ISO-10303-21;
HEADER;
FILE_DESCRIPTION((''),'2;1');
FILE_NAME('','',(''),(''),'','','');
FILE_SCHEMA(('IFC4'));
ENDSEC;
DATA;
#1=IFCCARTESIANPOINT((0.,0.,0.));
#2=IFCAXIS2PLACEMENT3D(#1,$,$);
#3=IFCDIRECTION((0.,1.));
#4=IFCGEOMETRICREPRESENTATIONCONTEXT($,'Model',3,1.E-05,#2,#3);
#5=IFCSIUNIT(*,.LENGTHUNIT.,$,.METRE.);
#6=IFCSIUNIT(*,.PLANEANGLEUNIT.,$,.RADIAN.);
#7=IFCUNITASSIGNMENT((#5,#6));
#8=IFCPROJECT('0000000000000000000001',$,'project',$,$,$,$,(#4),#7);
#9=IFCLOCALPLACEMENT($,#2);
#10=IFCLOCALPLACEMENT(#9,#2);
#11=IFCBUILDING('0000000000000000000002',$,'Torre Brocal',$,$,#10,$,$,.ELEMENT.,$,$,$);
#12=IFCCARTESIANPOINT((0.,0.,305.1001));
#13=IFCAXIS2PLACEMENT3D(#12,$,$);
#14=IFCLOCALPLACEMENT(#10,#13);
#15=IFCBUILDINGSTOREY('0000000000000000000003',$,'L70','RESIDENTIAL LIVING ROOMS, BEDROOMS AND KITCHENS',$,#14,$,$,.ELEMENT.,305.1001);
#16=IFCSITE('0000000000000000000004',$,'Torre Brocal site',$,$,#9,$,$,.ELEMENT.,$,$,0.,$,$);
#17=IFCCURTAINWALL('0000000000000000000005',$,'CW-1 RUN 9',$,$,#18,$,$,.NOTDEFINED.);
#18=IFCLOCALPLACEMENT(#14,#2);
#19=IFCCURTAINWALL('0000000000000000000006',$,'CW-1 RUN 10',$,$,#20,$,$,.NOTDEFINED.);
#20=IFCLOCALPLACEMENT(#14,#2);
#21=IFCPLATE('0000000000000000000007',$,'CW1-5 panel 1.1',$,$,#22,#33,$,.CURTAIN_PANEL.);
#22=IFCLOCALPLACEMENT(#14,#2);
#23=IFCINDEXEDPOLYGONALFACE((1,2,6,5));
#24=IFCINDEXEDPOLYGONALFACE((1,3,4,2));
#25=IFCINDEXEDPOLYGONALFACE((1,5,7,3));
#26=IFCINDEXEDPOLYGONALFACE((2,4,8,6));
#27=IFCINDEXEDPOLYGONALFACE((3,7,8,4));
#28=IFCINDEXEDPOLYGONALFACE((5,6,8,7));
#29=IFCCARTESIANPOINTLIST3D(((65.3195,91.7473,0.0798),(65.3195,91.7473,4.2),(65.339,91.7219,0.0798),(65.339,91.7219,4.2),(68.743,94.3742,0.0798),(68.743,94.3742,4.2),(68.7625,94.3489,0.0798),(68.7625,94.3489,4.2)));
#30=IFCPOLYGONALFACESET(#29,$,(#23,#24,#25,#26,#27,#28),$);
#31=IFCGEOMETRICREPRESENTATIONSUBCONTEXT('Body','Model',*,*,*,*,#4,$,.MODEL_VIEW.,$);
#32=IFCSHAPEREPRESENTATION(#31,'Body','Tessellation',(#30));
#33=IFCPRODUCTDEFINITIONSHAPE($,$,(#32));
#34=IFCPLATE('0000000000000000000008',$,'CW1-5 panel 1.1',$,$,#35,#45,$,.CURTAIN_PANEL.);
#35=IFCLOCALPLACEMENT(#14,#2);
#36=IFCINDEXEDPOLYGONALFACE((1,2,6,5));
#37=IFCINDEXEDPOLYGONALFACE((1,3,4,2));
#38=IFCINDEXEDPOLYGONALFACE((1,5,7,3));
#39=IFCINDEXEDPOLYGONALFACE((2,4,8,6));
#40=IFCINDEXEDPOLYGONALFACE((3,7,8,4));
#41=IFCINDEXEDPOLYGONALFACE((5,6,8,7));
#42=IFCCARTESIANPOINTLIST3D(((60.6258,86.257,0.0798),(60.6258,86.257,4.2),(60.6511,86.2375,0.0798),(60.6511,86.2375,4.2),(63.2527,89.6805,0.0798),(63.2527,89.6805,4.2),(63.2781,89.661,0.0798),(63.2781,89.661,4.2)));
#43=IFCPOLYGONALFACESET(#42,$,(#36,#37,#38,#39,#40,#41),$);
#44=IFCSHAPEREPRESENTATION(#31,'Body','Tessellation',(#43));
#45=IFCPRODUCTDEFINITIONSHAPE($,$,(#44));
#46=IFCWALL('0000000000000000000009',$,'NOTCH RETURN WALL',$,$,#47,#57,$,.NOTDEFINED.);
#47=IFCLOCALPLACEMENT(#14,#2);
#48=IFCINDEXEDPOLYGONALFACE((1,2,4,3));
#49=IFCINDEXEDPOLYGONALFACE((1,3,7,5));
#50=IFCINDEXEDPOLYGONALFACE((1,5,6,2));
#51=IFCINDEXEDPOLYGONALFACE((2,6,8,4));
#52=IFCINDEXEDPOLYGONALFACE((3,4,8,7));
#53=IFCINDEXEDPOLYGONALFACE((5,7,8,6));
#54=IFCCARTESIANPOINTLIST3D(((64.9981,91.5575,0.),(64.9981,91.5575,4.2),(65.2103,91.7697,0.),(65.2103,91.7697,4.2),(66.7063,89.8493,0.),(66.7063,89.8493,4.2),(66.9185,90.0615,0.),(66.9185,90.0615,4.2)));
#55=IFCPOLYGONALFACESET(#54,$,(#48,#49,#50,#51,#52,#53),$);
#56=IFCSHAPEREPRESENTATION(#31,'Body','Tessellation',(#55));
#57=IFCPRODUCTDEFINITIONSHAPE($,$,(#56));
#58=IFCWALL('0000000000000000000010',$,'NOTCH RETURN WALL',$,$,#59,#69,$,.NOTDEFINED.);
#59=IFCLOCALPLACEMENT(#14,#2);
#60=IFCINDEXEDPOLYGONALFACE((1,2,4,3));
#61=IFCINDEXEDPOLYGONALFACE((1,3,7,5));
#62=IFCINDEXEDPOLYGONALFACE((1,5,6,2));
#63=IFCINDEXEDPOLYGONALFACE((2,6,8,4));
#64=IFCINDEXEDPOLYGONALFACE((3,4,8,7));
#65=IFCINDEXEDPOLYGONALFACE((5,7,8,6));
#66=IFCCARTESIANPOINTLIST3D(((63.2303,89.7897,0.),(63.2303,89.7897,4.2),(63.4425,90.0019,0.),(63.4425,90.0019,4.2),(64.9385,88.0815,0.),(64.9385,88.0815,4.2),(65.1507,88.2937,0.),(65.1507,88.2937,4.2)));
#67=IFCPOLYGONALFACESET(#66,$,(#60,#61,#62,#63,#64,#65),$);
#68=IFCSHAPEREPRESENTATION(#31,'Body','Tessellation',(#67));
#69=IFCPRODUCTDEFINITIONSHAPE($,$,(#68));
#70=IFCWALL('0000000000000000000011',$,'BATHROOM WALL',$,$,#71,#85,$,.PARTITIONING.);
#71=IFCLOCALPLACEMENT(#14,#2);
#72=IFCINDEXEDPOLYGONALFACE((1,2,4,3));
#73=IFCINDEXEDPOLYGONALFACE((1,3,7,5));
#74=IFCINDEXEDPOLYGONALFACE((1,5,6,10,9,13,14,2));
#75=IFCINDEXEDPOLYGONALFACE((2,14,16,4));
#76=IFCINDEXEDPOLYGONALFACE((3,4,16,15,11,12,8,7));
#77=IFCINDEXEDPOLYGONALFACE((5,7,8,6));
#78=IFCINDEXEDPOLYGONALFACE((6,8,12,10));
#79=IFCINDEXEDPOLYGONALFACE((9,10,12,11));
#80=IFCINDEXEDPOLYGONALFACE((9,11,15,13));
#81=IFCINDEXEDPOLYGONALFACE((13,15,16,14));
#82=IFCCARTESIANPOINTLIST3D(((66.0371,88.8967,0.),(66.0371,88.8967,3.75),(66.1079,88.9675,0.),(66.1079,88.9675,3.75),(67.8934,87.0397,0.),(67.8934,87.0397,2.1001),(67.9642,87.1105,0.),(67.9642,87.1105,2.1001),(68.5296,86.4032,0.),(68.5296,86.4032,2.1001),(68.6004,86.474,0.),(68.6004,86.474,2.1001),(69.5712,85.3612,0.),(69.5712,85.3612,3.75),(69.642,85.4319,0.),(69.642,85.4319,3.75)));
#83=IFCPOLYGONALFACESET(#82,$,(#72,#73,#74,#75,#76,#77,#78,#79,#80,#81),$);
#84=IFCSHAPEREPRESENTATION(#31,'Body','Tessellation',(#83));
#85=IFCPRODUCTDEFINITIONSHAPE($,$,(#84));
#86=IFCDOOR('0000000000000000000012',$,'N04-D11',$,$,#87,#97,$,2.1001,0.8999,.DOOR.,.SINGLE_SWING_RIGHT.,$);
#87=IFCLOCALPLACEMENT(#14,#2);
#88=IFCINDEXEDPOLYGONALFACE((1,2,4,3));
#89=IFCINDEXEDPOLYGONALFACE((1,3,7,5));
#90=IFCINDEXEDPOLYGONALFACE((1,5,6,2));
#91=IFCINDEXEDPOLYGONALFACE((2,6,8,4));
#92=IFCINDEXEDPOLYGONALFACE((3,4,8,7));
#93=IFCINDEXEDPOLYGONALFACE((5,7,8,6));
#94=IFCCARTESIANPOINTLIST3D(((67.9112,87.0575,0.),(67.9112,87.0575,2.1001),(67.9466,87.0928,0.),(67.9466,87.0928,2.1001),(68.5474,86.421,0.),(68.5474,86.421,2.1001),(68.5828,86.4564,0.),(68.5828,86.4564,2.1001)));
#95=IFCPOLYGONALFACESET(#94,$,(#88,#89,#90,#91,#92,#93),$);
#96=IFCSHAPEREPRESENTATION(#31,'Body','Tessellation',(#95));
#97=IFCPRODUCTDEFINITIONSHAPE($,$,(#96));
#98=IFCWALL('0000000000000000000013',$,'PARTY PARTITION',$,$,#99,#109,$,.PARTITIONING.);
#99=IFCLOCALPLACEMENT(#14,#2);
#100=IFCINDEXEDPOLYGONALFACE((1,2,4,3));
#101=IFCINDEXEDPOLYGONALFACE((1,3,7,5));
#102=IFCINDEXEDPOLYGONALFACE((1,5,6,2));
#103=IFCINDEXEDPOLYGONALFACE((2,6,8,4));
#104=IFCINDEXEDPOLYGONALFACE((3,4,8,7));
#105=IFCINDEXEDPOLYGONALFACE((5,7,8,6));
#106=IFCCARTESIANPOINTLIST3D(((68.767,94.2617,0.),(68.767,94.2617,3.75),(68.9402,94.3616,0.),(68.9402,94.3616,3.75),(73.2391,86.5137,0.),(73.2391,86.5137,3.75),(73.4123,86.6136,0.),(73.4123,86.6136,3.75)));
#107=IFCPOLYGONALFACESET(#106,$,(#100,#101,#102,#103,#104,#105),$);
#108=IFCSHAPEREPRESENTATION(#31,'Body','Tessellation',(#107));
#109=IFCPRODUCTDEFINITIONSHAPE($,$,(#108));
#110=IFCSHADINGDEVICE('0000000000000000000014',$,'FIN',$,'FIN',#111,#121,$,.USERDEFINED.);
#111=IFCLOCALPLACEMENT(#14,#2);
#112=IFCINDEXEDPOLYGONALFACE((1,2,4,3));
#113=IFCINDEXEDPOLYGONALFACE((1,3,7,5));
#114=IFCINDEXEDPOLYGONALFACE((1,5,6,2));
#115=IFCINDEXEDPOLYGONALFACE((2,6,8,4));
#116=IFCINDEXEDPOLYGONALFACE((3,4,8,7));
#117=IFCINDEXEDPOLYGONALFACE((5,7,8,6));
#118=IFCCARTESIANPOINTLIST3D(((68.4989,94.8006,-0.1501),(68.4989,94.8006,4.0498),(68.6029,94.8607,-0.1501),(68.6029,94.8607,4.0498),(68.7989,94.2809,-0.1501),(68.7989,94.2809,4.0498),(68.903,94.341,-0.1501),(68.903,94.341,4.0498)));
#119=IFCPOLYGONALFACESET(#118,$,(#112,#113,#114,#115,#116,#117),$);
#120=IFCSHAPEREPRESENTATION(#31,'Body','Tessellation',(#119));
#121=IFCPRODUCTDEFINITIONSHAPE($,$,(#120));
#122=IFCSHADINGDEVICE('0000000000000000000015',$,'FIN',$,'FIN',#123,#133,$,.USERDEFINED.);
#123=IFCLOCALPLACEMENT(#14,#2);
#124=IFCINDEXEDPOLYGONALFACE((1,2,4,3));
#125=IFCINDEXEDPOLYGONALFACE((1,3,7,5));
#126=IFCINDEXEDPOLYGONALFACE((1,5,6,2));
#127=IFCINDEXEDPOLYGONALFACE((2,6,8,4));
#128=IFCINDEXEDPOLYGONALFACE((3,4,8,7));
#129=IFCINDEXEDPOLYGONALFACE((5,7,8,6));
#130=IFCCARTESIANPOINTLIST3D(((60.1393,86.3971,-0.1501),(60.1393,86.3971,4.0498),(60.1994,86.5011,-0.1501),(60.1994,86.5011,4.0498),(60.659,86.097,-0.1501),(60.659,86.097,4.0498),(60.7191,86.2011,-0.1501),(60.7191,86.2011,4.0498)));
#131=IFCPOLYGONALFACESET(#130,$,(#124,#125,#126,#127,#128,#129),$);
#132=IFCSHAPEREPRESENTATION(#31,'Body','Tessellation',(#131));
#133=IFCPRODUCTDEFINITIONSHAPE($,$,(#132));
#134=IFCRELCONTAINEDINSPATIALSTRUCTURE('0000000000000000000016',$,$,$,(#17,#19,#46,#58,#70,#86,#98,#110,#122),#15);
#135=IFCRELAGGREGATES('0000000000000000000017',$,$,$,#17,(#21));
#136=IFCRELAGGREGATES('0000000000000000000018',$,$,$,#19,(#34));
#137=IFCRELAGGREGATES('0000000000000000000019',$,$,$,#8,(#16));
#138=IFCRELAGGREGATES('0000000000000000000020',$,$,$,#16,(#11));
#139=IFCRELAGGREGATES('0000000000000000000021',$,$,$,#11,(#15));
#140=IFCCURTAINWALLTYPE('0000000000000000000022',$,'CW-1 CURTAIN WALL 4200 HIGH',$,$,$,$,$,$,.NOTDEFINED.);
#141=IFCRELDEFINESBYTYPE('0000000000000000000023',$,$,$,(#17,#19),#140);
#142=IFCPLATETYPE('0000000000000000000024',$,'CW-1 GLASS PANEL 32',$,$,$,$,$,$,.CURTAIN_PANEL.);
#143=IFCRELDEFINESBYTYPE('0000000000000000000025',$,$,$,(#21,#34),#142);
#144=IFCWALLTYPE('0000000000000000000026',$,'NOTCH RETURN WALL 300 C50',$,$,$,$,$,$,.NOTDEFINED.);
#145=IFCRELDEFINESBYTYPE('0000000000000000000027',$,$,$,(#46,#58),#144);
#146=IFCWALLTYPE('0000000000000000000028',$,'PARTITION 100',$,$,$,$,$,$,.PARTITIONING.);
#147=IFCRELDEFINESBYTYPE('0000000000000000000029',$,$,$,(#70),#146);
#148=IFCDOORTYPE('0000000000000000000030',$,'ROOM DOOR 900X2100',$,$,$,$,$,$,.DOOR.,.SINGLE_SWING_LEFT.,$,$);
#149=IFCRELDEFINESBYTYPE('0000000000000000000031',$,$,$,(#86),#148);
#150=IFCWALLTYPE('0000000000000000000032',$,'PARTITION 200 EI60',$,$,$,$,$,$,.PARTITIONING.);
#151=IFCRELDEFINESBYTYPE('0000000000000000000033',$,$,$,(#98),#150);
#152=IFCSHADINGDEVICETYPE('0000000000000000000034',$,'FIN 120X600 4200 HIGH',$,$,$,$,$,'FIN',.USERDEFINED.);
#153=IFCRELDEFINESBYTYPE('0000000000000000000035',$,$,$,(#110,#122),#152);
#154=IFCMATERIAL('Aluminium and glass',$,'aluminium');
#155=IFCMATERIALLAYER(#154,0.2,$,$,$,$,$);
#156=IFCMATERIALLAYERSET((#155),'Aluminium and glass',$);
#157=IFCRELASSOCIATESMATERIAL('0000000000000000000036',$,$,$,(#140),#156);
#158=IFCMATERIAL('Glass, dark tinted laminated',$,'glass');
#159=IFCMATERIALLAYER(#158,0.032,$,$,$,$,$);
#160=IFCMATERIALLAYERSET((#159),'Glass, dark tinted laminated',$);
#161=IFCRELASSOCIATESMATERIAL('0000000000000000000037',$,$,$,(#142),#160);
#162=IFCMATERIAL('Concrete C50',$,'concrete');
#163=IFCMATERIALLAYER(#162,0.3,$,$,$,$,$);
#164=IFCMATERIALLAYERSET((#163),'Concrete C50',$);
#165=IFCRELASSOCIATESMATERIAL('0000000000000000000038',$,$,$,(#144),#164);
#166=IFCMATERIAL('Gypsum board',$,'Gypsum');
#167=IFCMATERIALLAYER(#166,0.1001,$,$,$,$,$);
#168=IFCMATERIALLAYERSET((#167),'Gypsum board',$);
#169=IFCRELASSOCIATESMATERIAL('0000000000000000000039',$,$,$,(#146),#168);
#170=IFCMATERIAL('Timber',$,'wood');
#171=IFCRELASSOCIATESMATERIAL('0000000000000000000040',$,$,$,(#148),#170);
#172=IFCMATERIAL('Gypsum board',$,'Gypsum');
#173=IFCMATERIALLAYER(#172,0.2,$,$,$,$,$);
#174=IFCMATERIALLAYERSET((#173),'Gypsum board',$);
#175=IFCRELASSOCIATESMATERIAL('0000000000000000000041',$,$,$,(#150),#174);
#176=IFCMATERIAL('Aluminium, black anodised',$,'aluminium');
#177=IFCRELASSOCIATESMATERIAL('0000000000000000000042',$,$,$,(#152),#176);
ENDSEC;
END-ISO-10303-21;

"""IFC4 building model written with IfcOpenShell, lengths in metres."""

from ifc_helpers import new_model, si_unit, direction, frame, frame_2d, origin, origin_2d, place, context, subcontext, project, spatial, rectangle, extrude, material, layer, layer_set, material_profile, profile_set, type_object, element, fill, aggregate, save


model = new_model("IFC4")

# Units and contexts
model_context = context("Model", 3, precision=1e-05, world=origin(), true_north=direction((0.0, 1.0)))
body_context = subcontext(model_context, "Body", "Model", "MODEL_VIEW")
ifc_project = project(units=[si_unit("LENGTHUNIT", "METRE"), si_unit("PLANEANGLEUNIT", "RADIAN")], contexts=[model_context])

# Site, building, storey
site_placement = place(None, origin())
site = spatial("IfcSite", under=ifc_project, at=site_placement, Name="Torre Brocal site", CompositionType="ELEMENT", RefElevation=0.0)
building_placement = place(site_placement, origin())
building = spatial("IfcBuilding", under=site, at=building_placement, Name="Torre Brocal", CompositionType="ELEMENT")
storey_placement = place(building_placement, frame((0.0, 0.0, 305.1001)))
storey = spatial("IfcBuildingStorey", under=building, at=storey_placement, Name="L70", Description="RESIDENTIAL LIVING ROOMS, BEDROOMS AND KITCHENS", CompositionType="ELEMENT", Elevation=305.1001)

# Shared definitions
ifc_material_1 = material(Name="Aluminium and glass", Category="aluminium")
ifc_layer_1 = layer(ifc_material_1, 0.2)
ifc_layer_set_1 = layer_set([ifc_layer_1], Name="Aluminium and glass")
curtain_wall_type = type_object("IfcCurtainWallType", Name="CW-1 CURTAIN WALL 4200 HIGH", PredefinedType="NOTDEFINED", material=ifc_layer_set_1)

# Curtain walls
curtain_wall_1_placement = place(storey_placement, origin())
curtain_wall_1 = element("IfcCurtainWall", 1, at=curtain_wall_1_placement, inside=storey, type_object=curtain_wall_type, Name="CW-1 RUN 9", PredefinedType="NOTDEFINED")
curtain_wall_2_placement = place(storey_placement, origin())
curtain_wall_2 = element("IfcCurtainWall", 2, at=curtain_wall_2_placement, inside=storey, type_object=curtain_wall_type, Name="CW-1 RUN 10", PredefinedType="NOTDEFINED")

# Plates
ifc_material_2 = material(Name="Glass, dark tinted laminated", Category="glass")
ifc_layer_2 = layer(ifc_material_2, 0.032)
ifc_layer_set_2 = layer_set([ifc_layer_2], Name="Glass, dark tinted laminated")
plate_type = type_object("IfcPlateType", Name="CW-1 GLASS PANEL 32", PredefinedType="CURTAIN_PANEL", material=ifc_layer_set_2)
plate_1_placement = place(storey_placement, frame((67.041, 93.0481, 0.0798), z_axis=(0.0, 0.0, 1.0), x_axis=(-0.793353, -0.608761, 0.0)))
plate_1 = element("IfcPlate", 3, at=plate_1_placement, type_object=plate_type, Name="CW1-5 panel 1.1", PredefinedType="CURTAIN_PANEL", context=body_context, shape_type="SweptSolid", body=[
    extrude(rectangle(XDim=4.3152, YDim=0.032, at=origin_2d()), origin(), (0.0, 0.0, 1.0), 4.1201),
])
aggregate(curtain_wall_1, [plate_1])
plate_2_placement = place(storey_placement, frame((61.9519, 87.959, 0.0798), z_axis=(0.0, 0.0, 1.0), x_axis=(-0.608761, -0.793353, 0.0)))
plate_2 = element("IfcPlate", 4, at=plate_2_placement, type_object=plate_type, Name="CW1-5 panel 1.1", PredefinedType="CURTAIN_PANEL", context=body_context, shape_type="SweptSolid", body=[
    extrude(rectangle(XDim=4.3152, YDim=0.032, at=origin_2d()), origin(), (0.0, 0.0, 1.0), 4.1201),
])
aggregate(curtain_wall_2, [plate_2])

# Walls
ifc_material_3 = material(Name="Concrete C50", Category="concrete")
ifc_layer_3 = layer(ifc_material_3, 0.3)
ifc_layer_set_3 = layer_set([ifc_layer_3], Name="Concrete C50")
wall_type_1 = type_object("IfcWallType", Name="NOTCH RETURN WALL 300 C50", PredefinedType="NOTDEFINED", material=ifc_layer_set_3)
for number, where, z_axis, x_axis, name in (
    (5, (66.8125, 89.9553, 0.0), (0.0, 0.0, 1.0), (-0.707107, 0.707107, 0.0), "NOTCH RETURN WALL"),
    (6, (65.0447, 88.1875, 0.0), (0.0, 0.0, 1.0), (-0.707107, 0.707107, 0.0), "NOTCH RETURN WALL"),
):
    element("IfcWall", number, at=place(storey_placement, frame(where, z_axis=z_axis, x_axis=x_axis)), inside=storey, type_object=wall_type_1, Name=name, PredefinedType="NOTDEFINED", context=body_context, shape_type="SweptSolid", body=[
        extrude(rectangle(XDim=2.4158, YDim=0.3, at=frame_2d((1.208, 0.0))), origin(), (0.0, 0.0, 1.0), 4.2),
    ])

# Wall, opening, door
ifc_material_4 = material(Name="Gypsum board", Category="Gypsum")
ifc_layer_4 = layer(ifc_material_4, 0.1001)
ifc_layer_set_4 = layer_set([ifc_layer_4], Name="Gypsum board")
wall_type_2 = type_object("IfcWallType", Name="PARTITION 100", PredefinedType="PARTITIONING", material=ifc_layer_set_4)
wall_1_placement = place(storey_placement, frame((66.0725, 88.9321, 0.0), z_axis=(0.0, 0.0, 1.0), x_axis=(0.70696, -0.707253, 0.0)))
wall_1 = element("IfcWall", 7, at=wall_1_placement, inside=storey, type_object=wall_type_2, Name="BATHROOM WALL", PredefinedType="PARTITIONING", context=body_context, shape_type="SweptSolid", body=[
    extrude(rectangle(XDim=4.999, YDim=0.1001, at=frame_2d((2.4995, 0.0))), origin(), (0.0, 0.0, 1.0), 3.75),
])
opening_placement = place(wall_1_placement, frame((2.6257, 0.0, 0.0)))
opening = element("IfcOpeningElement", 8, at=opening_placement, cuts=wall_1, PredefinedType="OPENING", context=body_context, shape_type="SweptSolid", body=[
    extrude(rectangle(XDim=0.8999, YDim=2.1001, at=frame_2d((0.45, 1.05))), frame((0.0, 0.0601, 0.0), z_axis=(0.0, -1.0, 0.0), x_axis=(1.0, 0.0, 0.0)), (0.0, 0.0, 1.0), 0.1201),
])
ifc_material_5 = material(Name="Timber", Category="wood")
door_type = type_object("IfcDoorType", Name="ROOM DOOR 900X2100", OperationType="SINGLE_SWING_LEFT", PredefinedType="DOOR", material=ifc_material_5)
door_placement = place(opening_placement, frame((0.8999, 0.0, 0.0), z_axis=(0.0, 0.0, 1.0), x_axis=(-1.0, 0.0, 0.0)))
door = element("IfcDoor", 9, at=door_placement, inside=storey, type_object=door_type, Name="N04-D11", OperationType="SINGLE_SWING_RIGHT", OverallHeight=2.1001, OverallWidth=0.8999, PredefinedType="DOOR", context=body_context, shape_type="SweptSolid", body=[
    extrude(rectangle(XDim=0.8999, YDim=2.1001, at=frame_2d((0.45, 1.05))), frame((0.0, 0.0249, 0.0), z_axis=(0.0, -1.0, 0.0), x_axis=(1.0, 0.0, 0.0)), (0.0, 0.0, 1.0), 0.05),
])
fill(opening, door)

# Wall
ifc_material_6 = material(Name="Gypsum board", Category="Gypsum")
ifc_layer_5 = layer(ifc_material_6, 0.2)
ifc_layer_set_5 = layer_set([ifc_layer_5], Name="Gypsum board")
wall_type_3 = type_object("IfcWallType", Name="PARTITION 200 EI60", PredefinedType="PARTITIONING", material=ifc_layer_set_5)
wall_2_placement = place(storey_placement, frame((68.8535, 94.3118, 0.0), z_axis=(0.0, 0.0, 1.0), x_axis=(0.499902, -0.866082, 0.0)))
element("IfcWall", 10, at=wall_2_placement, inside=storey, type_object=wall_type_3, Name="PARTY PARTITION", PredefinedType="PARTITIONING", context=body_context, shape_type="SweptSolid", body=[
    extrude(rectangle(XDim=8.946, YDim=0.2, at=frame_2d((4.4731, 0.0))), origin(), (0.0, 0.0, 1.0), 3.75),
])

# Shading devices
ifc_material_7 = material(Name="Aluminium, black anodised", Category="aluminium")
ifc_material_profile_1 = material_profile(ifc_material_7, rectangle(XDim=0.1201, YDim=0.6001, at=origin_2d()), Name="FIN 120X600 4200 HIGH")
ifc_profile_set_1 = profile_set([ifc_material_profile_1], Name="Aluminium, black anodised")
shading_device_type = type_object("IfcShadingDeviceType", Name="FIN 120X600 4200 HIGH", ElementType="FIN", PredefinedType="USERDEFINED", material=ifc_profile_set_1)
for number, where, z_axis, x_axis, name in (
    (11, (68.7009, 94.5708, -0.1501), (0.0, 0.0, 1.0), (-0.866025, -0.5, 0.0), "FIN"),
    (12, (60.4292, 86.2991, -0.1501), (0.0, 0.0, 1.0), (-0.5, -0.866025, 0.0), "FIN"),
):
    element("IfcShadingDevice", number, at=place(storey_placement, frame(where, z_axis=z_axis, x_axis=x_axis)), inside=storey, type_object=shading_device_type, Name=name, ObjectType="FIN", PredefinedType="USERDEFINED", context=body_context, shape_type="SweptSolid", body=[
        extrude(rectangle(XDim=0.1201, YDim=0.6001, at=origin_2d()), origin(), (0.0, 0.0, 1.0), 4.2),
    ])

save(model, "model.ifc")
